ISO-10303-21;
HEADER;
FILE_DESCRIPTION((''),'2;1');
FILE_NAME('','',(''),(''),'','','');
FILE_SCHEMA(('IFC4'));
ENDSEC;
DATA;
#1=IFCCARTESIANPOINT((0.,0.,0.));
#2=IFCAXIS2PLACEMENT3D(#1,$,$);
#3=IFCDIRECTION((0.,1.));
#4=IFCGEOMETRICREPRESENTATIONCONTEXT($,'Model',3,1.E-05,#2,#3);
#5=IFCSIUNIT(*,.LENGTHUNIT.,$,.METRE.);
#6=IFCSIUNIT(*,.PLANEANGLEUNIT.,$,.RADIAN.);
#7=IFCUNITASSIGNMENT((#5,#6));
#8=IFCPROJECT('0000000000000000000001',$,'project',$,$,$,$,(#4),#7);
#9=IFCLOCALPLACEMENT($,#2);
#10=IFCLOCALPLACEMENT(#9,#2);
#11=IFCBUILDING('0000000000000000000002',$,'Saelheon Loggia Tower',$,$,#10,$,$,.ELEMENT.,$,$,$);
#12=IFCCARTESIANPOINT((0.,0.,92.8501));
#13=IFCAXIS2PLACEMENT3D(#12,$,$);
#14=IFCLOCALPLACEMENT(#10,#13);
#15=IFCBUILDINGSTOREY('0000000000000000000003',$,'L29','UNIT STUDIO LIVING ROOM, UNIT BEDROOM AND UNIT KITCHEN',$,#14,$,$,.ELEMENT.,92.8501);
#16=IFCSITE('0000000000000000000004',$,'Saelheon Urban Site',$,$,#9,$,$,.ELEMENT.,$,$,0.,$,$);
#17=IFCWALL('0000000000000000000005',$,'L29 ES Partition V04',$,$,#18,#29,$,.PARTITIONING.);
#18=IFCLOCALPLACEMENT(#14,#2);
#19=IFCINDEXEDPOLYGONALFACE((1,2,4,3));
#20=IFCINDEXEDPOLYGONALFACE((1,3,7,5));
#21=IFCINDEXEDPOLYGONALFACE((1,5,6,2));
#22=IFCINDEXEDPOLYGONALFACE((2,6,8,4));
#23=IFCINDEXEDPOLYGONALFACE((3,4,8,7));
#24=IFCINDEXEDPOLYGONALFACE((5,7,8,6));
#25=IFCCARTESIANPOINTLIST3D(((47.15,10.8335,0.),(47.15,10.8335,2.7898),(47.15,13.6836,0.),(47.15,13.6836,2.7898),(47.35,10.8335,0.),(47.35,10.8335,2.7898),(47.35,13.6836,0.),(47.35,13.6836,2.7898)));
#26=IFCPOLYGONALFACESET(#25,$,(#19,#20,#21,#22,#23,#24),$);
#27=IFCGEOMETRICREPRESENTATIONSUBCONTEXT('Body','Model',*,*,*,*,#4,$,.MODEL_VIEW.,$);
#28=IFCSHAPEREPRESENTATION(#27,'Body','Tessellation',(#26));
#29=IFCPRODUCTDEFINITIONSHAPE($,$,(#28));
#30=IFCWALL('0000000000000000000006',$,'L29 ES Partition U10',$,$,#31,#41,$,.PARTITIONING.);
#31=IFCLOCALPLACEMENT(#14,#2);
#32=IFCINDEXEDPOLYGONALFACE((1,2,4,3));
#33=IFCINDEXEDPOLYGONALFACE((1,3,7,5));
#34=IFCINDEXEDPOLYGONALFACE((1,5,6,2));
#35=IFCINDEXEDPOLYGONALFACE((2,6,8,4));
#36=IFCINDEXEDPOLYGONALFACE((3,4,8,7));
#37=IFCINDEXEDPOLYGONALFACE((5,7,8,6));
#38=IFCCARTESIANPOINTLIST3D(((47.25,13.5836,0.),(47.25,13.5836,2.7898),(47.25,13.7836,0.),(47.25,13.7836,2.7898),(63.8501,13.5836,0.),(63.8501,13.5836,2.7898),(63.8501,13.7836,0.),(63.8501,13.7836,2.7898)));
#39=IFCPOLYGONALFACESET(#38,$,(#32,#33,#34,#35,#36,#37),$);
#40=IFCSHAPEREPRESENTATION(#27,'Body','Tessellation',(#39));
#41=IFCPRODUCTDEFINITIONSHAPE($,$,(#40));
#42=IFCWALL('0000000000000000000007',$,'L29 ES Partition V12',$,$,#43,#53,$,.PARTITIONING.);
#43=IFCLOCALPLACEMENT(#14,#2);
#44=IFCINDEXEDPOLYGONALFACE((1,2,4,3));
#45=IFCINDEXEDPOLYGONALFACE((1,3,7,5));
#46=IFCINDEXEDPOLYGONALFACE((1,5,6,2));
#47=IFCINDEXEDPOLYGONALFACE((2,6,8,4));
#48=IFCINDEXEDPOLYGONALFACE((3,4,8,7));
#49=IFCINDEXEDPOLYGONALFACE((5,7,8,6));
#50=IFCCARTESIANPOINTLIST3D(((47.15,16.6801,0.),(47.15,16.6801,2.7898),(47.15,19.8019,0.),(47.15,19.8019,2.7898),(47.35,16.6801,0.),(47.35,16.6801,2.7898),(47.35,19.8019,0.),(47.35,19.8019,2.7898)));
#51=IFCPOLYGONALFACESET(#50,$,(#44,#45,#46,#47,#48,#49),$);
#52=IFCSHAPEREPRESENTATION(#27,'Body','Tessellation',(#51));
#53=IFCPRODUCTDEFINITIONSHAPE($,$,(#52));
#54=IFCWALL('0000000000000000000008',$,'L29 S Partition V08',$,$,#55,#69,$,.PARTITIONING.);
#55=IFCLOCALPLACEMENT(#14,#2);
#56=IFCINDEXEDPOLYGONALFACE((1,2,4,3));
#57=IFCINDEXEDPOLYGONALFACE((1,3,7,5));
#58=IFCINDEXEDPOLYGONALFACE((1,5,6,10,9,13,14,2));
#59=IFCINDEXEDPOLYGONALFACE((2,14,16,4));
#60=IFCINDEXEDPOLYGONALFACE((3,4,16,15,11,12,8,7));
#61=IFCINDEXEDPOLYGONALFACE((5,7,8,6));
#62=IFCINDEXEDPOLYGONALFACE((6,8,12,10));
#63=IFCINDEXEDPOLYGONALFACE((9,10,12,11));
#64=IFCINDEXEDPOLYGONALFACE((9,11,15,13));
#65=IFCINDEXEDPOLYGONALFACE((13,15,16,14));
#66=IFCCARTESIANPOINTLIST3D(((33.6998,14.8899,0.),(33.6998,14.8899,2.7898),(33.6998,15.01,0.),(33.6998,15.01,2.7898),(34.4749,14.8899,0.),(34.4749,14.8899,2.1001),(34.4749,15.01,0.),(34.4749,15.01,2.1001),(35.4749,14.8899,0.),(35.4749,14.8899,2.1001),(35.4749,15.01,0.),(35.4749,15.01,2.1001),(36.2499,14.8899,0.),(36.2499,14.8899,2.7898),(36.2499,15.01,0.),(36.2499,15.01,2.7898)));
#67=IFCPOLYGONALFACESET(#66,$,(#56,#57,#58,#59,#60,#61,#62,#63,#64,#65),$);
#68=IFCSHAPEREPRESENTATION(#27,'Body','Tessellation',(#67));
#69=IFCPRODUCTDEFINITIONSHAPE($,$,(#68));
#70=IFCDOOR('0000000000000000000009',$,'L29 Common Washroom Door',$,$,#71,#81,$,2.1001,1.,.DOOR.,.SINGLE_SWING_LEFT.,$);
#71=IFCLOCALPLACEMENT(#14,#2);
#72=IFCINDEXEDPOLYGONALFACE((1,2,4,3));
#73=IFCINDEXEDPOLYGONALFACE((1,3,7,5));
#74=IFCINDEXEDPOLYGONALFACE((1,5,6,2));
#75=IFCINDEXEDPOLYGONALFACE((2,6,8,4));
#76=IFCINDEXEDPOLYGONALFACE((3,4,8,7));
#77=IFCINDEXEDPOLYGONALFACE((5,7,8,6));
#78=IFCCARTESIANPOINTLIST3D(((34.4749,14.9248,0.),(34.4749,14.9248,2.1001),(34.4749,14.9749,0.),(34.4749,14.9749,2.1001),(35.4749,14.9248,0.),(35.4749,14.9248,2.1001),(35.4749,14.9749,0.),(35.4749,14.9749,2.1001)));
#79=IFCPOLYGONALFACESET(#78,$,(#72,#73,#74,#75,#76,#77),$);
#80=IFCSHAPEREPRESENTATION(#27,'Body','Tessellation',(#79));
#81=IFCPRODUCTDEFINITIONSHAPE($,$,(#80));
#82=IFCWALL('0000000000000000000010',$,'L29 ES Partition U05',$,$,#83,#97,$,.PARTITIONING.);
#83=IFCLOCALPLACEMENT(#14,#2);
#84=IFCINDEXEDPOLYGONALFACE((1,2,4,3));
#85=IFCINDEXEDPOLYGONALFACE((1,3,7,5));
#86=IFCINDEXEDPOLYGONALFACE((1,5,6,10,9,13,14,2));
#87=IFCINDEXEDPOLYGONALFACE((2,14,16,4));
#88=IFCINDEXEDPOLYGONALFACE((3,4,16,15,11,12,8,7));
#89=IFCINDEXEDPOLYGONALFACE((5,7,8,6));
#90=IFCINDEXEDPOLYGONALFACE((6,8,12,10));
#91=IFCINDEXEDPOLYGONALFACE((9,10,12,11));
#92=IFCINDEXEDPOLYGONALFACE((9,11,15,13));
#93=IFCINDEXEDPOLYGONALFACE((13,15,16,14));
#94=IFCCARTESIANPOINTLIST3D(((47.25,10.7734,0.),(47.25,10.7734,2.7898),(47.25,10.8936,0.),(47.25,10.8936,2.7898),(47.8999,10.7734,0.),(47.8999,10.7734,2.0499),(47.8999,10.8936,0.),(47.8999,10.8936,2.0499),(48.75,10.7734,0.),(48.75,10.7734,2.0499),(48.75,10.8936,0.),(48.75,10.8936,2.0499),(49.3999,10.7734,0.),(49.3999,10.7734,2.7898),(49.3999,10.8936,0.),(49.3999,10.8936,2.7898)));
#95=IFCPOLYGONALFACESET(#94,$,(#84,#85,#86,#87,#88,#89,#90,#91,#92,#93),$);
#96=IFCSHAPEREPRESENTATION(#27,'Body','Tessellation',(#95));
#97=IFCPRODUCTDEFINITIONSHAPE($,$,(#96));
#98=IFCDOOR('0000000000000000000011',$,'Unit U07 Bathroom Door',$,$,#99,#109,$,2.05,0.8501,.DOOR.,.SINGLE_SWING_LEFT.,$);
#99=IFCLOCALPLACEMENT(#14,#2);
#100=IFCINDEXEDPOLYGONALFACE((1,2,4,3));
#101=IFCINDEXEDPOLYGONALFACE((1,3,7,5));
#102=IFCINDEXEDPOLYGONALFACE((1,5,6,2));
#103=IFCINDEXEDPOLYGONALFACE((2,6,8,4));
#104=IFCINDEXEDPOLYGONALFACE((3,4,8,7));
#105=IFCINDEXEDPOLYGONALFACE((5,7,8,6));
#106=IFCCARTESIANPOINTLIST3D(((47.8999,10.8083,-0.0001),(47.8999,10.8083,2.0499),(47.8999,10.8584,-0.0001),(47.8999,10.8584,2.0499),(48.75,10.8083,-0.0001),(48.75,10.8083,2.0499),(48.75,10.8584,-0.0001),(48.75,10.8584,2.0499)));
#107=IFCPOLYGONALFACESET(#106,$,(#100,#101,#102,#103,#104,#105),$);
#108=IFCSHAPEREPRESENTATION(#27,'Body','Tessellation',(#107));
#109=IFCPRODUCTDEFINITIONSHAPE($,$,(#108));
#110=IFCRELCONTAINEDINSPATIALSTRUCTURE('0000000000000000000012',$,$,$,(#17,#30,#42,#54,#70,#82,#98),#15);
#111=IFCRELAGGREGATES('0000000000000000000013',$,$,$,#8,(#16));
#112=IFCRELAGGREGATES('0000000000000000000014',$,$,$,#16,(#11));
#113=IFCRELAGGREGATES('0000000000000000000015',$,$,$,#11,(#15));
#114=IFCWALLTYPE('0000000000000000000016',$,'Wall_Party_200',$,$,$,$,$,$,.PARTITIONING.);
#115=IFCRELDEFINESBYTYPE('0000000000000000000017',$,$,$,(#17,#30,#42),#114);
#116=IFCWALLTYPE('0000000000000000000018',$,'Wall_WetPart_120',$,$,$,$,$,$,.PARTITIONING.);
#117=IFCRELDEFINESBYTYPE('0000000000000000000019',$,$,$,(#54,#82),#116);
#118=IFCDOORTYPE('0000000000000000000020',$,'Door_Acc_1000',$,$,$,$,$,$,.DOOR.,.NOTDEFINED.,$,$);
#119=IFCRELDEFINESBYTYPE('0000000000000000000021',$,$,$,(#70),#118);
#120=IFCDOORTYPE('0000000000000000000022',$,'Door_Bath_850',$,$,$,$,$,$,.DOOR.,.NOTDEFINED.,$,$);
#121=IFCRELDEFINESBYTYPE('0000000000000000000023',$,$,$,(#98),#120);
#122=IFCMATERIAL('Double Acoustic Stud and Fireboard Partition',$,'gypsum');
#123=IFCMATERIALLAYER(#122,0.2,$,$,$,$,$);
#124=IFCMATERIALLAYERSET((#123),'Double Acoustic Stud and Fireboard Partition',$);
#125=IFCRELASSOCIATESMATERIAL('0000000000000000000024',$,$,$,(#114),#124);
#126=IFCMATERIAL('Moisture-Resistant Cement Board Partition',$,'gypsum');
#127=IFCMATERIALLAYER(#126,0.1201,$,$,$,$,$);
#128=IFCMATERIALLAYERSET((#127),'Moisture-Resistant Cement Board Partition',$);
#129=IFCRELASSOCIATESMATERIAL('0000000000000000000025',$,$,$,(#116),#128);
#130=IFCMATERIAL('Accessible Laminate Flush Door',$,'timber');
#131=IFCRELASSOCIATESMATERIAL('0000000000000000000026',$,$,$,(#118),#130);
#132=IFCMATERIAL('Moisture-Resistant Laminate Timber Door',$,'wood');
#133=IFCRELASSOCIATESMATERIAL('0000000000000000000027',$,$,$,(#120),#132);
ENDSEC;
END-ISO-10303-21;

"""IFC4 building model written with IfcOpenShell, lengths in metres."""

from ifc_helpers import new_model, si_unit, direction, frame, frame_2d, origin, place, context, subcontext, project, spatial, rectangle, extrude, source, transform, mapped, material, layer, layer_set, type_object, element, fill, save


model = new_model("IFC4")

# Units and contexts
model_context = context("Model", 3, precision=1e-05, world=origin(), true_north=direction((0.0, 1.0)))
body_context = subcontext(model_context, "Body", "Model", "MODEL_VIEW")
ifc_project = project(units=[si_unit("LENGTHUNIT", "METRE"), si_unit("PLANEANGLEUNIT", "RADIAN")], contexts=[model_context])

# Site, building, storey
site_placement = place(None, origin())
site = spatial("IfcSite", under=ifc_project, at=site_placement, Name="Saelheon Urban Site", CompositionType="ELEMENT", RefElevation=0.0)
building_placement = place(site_placement, origin())
building = spatial("IfcBuilding", under=site, at=building_placement, Name="Saelheon Loggia Tower", CompositionType="ELEMENT")
storey_placement = place(building_placement, frame((0.0, 0.0, 92.8501)))
storey = spatial("IfcBuildingStorey", under=building, at=storey_placement, Name="L29", Description="UNIT STUDIO LIVING ROOM, UNIT BEDROOM AND UNIT KITCHEN", CompositionType="ELEMENT", Elevation=92.8501)

# Shared definitions
ifc_material_1 = material(Name="Double Acoustic Stud and Fireboard Partition", Category="gypsum")
ifc_layer_1 = layer(ifc_material_1, 0.2)
ifc_layer_set_1 = layer_set([ifc_layer_1], Name="Double Acoustic Stud and Fireboard Partition")
wall_type_1 = type_object("IfcWallType", Name="Wall_Party_200", PredefinedType="PARTITIONING", material=ifc_layer_set_1)

# Walls
wall_1_placement = place(storey_placement, frame((47.25, 10.8335, 0.0), z_axis=(0.0, 0.0, 1.0), x_axis=(0.0, 1.0, 0.0)))
element("IfcWall", 1, at=wall_1_placement, inside=storey, type_object=wall_type_1, Name="L29 ES Partition V04", PredefinedType="PARTITIONING", context=body_context, shape_type="SweptSolid", body=[
    extrude(rectangle(XDim=2.8501, YDim=0.2, at=frame_2d((1.425, 0.0))), origin(), (0.0, 0.0, 1.0), 2.7898),
])
wall_2_placement = place(storey_placement, frame((47.25, 13.6836, 0.0), z_axis=(0.0, 0.0, 1.0), x_axis=(1.0, 0.0, 0.0)))
element("IfcWall", 2, at=wall_2_placement, inside=storey, type_object=wall_type_1, Name="L29 ES Partition U10", PredefinedType="PARTITIONING", context=body_context, shape_type="SweptSolid", body=[
    extrude(rectangle(XDim=16.6001, YDim=0.2, at=frame_2d((8.3, 0.0))), origin(), (0.0, 0.0, 1.0), 2.7898),
])

# Wall
wall_3_placement = place(storey_placement, frame((47.25, 16.6799, 0.0), z_axis=(0.0, 0.0, 1.0), x_axis=(0.0, 1.0, 0.0)))
element("IfcWall", 3, at=wall_3_placement, inside=storey, type_object=wall_type_1, Name="L29 ES Partition V12", PredefinedType="PARTITIONING", context=body_context, shape_type="SweptSolid", body=[
    extrude(rectangle(XDim=3.1218, YDim=0.2, at=frame_2d((1.561, 0.0))), origin(), (0.0, 0.0, 1.0), 2.7898),
])

# Walls, openings, doors
ifc_material_2 = material(Name="Moisture-Resistant Cement Board Partition", Category="gypsum")
ifc_layer_2 = layer(ifc_material_2, 0.1201)
ifc_layer_set_2 = layer_set([ifc_layer_2], Name="Moisture-Resistant Cement Board Partition")
wall_type_2 = type_object("IfcWallType", Name="Wall_WetPart_120", PredefinedType="PARTITIONING", material=ifc_layer_set_2)
wall_4_placement = place(storey_placement, frame((33.7, 14.95, 0.0), z_axis=(0.0, 0.0, 1.0), x_axis=(1.0, 0.0, 0.0)))
wall_4 = element("IfcWall", 4, at=wall_4_placement, inside=storey, type_object=wall_type_2, Name="L29 S Partition V08", PredefinedType="PARTITIONING", context=body_context, shape_type="SweptSolid", body=[
    extrude(rectangle(XDim=2.55, YDim=0.1201, at=frame_2d((1.2749, 0.0))), origin(), (0.0, 0.0, 1.0), 2.7898),
])
opening_1_placement = place(wall_4_placement, frame((0.7749, 0.0, 0.0)))
opening_1 = element("IfcOpeningElement", 5, at=opening_1_placement, cuts=wall_4, PredefinedType="OPENING", context=body_context, shape_type="SweptSolid", body=[
    extrude(rectangle(XDim=1.0, YDim=2.1001, at=frame_2d((0.5, 1.05))), frame((0.0, 0.072, 0.0), z_axis=(0.0, -1.0, 0.0), x_axis=(1.0, 0.0, 0.0)), (0.0, 0.0, 1.0), 0.144),
])
ifc_material_3 = material(Name="Accessible Laminate Flush Door", Category="timber")
door_type_1 = type_object("IfcDoorType", Name="Door_Acc_1000", OperationType="NOTDEFINED", PredefinedType="DOOR", material=ifc_material_3)
shared_shape_1 = source(origin(), body_context, "Body", "SweptSolid", [
    extrude(rectangle(XDim=1.0, YDim=2.1001, at=frame_2d((0.5, 1.05))), frame((0.0, 0.0249, 0.0), z_axis=(0.0, -1.0, 0.0), x_axis=(1.0, 0.0, 0.0)), (0.0, 0.0, 1.0), 0.05),
])
door_1_placement = place(opening_1_placement, origin())
door_1 = element("IfcDoor", 6, at=door_1_placement, inside=storey, type_object=door_type_1, Name="L29 Common Washroom Door", OperationType="SINGLE_SWING_LEFT", OverallHeight=2.1001, OverallWidth=1.0, PredefinedType="DOOR", context=body_context, shape_type="MappedRepresentation", body=[
    mapped(shared_shape_1, transform((0.0, 0.0, 0.0), scale=1.0)),
])
fill(opening_1, door_1)
wall_5_placement = place(storey_placement, frame((47.25, 10.8335, 0.0), z_axis=(0.0, 0.0, 1.0), x_axis=(1.0, 0.0, 0.0)))
wall_5 = element("IfcWall", 7, at=wall_5_placement, inside=storey, type_object=wall_type_2, Name="L29 ES Partition U05", PredefinedType="PARTITIONING", context=body_context, shape_type="SweptSolid", body=[
    extrude(rectangle(XDim=2.1499, YDim=0.1201, at=frame_2d((1.075, 0.0))), origin(), (0.0, 0.0, 1.0), 2.7898),
])
opening_2_placement = place(wall_5_placement, frame((0.6499, 0.0, 0.0)))
opening_2 = element("IfcOpeningElement", 8, at=opening_2_placement, cuts=wall_5, PredefinedType="OPENING", context=body_context, shape_type="SweptSolid", body=[
    extrude(rectangle(XDim=0.8501, YDim=2.05, at=frame_2d((0.425, 1.0249))), frame((0.0, 0.072, 0.0), z_axis=(0.0, -1.0, 0.0), x_axis=(1.0, 0.0, 0.0)), (0.0, 0.0, 1.0), 0.144),
])
ifc_material_4 = material(Name="Moisture-Resistant Laminate Timber Door", Category="wood")
door_type_2 = type_object("IfcDoorType", Name="Door_Bath_850", OperationType="NOTDEFINED", PredefinedType="DOOR", material=ifc_material_4)
shared_shape_2 = source(origin(), body_context, "Body", "SweptSolid", [
    extrude(rectangle(XDim=0.8501, YDim=2.05, at=frame_2d((0.425, 1.0249))), frame((0.0, 0.0249, 0.0), z_axis=(0.0, -1.0, 0.0), x_axis=(1.0, 0.0, 0.0)), (0.0, 0.0, 1.0), 0.05),
])
door_2_placement = place(opening_2_placement, origin())
door_2 = element("IfcDoor", 9, at=door_2_placement, inside=storey, type_object=door_type_2, Name="Unit U07 Bathroom Door", OperationType="SINGLE_SWING_LEFT", OverallHeight=2.05, OverallWidth=0.8501, PredefinedType="DOOR", context=body_context, shape_type="MappedRepresentation", body=[
    mapped(shared_shape_2, transform((0.0, 0.0, 0.0), scale=1.0)),
])
fill(opening_2, door_2)

save(model, "model.ifc")
